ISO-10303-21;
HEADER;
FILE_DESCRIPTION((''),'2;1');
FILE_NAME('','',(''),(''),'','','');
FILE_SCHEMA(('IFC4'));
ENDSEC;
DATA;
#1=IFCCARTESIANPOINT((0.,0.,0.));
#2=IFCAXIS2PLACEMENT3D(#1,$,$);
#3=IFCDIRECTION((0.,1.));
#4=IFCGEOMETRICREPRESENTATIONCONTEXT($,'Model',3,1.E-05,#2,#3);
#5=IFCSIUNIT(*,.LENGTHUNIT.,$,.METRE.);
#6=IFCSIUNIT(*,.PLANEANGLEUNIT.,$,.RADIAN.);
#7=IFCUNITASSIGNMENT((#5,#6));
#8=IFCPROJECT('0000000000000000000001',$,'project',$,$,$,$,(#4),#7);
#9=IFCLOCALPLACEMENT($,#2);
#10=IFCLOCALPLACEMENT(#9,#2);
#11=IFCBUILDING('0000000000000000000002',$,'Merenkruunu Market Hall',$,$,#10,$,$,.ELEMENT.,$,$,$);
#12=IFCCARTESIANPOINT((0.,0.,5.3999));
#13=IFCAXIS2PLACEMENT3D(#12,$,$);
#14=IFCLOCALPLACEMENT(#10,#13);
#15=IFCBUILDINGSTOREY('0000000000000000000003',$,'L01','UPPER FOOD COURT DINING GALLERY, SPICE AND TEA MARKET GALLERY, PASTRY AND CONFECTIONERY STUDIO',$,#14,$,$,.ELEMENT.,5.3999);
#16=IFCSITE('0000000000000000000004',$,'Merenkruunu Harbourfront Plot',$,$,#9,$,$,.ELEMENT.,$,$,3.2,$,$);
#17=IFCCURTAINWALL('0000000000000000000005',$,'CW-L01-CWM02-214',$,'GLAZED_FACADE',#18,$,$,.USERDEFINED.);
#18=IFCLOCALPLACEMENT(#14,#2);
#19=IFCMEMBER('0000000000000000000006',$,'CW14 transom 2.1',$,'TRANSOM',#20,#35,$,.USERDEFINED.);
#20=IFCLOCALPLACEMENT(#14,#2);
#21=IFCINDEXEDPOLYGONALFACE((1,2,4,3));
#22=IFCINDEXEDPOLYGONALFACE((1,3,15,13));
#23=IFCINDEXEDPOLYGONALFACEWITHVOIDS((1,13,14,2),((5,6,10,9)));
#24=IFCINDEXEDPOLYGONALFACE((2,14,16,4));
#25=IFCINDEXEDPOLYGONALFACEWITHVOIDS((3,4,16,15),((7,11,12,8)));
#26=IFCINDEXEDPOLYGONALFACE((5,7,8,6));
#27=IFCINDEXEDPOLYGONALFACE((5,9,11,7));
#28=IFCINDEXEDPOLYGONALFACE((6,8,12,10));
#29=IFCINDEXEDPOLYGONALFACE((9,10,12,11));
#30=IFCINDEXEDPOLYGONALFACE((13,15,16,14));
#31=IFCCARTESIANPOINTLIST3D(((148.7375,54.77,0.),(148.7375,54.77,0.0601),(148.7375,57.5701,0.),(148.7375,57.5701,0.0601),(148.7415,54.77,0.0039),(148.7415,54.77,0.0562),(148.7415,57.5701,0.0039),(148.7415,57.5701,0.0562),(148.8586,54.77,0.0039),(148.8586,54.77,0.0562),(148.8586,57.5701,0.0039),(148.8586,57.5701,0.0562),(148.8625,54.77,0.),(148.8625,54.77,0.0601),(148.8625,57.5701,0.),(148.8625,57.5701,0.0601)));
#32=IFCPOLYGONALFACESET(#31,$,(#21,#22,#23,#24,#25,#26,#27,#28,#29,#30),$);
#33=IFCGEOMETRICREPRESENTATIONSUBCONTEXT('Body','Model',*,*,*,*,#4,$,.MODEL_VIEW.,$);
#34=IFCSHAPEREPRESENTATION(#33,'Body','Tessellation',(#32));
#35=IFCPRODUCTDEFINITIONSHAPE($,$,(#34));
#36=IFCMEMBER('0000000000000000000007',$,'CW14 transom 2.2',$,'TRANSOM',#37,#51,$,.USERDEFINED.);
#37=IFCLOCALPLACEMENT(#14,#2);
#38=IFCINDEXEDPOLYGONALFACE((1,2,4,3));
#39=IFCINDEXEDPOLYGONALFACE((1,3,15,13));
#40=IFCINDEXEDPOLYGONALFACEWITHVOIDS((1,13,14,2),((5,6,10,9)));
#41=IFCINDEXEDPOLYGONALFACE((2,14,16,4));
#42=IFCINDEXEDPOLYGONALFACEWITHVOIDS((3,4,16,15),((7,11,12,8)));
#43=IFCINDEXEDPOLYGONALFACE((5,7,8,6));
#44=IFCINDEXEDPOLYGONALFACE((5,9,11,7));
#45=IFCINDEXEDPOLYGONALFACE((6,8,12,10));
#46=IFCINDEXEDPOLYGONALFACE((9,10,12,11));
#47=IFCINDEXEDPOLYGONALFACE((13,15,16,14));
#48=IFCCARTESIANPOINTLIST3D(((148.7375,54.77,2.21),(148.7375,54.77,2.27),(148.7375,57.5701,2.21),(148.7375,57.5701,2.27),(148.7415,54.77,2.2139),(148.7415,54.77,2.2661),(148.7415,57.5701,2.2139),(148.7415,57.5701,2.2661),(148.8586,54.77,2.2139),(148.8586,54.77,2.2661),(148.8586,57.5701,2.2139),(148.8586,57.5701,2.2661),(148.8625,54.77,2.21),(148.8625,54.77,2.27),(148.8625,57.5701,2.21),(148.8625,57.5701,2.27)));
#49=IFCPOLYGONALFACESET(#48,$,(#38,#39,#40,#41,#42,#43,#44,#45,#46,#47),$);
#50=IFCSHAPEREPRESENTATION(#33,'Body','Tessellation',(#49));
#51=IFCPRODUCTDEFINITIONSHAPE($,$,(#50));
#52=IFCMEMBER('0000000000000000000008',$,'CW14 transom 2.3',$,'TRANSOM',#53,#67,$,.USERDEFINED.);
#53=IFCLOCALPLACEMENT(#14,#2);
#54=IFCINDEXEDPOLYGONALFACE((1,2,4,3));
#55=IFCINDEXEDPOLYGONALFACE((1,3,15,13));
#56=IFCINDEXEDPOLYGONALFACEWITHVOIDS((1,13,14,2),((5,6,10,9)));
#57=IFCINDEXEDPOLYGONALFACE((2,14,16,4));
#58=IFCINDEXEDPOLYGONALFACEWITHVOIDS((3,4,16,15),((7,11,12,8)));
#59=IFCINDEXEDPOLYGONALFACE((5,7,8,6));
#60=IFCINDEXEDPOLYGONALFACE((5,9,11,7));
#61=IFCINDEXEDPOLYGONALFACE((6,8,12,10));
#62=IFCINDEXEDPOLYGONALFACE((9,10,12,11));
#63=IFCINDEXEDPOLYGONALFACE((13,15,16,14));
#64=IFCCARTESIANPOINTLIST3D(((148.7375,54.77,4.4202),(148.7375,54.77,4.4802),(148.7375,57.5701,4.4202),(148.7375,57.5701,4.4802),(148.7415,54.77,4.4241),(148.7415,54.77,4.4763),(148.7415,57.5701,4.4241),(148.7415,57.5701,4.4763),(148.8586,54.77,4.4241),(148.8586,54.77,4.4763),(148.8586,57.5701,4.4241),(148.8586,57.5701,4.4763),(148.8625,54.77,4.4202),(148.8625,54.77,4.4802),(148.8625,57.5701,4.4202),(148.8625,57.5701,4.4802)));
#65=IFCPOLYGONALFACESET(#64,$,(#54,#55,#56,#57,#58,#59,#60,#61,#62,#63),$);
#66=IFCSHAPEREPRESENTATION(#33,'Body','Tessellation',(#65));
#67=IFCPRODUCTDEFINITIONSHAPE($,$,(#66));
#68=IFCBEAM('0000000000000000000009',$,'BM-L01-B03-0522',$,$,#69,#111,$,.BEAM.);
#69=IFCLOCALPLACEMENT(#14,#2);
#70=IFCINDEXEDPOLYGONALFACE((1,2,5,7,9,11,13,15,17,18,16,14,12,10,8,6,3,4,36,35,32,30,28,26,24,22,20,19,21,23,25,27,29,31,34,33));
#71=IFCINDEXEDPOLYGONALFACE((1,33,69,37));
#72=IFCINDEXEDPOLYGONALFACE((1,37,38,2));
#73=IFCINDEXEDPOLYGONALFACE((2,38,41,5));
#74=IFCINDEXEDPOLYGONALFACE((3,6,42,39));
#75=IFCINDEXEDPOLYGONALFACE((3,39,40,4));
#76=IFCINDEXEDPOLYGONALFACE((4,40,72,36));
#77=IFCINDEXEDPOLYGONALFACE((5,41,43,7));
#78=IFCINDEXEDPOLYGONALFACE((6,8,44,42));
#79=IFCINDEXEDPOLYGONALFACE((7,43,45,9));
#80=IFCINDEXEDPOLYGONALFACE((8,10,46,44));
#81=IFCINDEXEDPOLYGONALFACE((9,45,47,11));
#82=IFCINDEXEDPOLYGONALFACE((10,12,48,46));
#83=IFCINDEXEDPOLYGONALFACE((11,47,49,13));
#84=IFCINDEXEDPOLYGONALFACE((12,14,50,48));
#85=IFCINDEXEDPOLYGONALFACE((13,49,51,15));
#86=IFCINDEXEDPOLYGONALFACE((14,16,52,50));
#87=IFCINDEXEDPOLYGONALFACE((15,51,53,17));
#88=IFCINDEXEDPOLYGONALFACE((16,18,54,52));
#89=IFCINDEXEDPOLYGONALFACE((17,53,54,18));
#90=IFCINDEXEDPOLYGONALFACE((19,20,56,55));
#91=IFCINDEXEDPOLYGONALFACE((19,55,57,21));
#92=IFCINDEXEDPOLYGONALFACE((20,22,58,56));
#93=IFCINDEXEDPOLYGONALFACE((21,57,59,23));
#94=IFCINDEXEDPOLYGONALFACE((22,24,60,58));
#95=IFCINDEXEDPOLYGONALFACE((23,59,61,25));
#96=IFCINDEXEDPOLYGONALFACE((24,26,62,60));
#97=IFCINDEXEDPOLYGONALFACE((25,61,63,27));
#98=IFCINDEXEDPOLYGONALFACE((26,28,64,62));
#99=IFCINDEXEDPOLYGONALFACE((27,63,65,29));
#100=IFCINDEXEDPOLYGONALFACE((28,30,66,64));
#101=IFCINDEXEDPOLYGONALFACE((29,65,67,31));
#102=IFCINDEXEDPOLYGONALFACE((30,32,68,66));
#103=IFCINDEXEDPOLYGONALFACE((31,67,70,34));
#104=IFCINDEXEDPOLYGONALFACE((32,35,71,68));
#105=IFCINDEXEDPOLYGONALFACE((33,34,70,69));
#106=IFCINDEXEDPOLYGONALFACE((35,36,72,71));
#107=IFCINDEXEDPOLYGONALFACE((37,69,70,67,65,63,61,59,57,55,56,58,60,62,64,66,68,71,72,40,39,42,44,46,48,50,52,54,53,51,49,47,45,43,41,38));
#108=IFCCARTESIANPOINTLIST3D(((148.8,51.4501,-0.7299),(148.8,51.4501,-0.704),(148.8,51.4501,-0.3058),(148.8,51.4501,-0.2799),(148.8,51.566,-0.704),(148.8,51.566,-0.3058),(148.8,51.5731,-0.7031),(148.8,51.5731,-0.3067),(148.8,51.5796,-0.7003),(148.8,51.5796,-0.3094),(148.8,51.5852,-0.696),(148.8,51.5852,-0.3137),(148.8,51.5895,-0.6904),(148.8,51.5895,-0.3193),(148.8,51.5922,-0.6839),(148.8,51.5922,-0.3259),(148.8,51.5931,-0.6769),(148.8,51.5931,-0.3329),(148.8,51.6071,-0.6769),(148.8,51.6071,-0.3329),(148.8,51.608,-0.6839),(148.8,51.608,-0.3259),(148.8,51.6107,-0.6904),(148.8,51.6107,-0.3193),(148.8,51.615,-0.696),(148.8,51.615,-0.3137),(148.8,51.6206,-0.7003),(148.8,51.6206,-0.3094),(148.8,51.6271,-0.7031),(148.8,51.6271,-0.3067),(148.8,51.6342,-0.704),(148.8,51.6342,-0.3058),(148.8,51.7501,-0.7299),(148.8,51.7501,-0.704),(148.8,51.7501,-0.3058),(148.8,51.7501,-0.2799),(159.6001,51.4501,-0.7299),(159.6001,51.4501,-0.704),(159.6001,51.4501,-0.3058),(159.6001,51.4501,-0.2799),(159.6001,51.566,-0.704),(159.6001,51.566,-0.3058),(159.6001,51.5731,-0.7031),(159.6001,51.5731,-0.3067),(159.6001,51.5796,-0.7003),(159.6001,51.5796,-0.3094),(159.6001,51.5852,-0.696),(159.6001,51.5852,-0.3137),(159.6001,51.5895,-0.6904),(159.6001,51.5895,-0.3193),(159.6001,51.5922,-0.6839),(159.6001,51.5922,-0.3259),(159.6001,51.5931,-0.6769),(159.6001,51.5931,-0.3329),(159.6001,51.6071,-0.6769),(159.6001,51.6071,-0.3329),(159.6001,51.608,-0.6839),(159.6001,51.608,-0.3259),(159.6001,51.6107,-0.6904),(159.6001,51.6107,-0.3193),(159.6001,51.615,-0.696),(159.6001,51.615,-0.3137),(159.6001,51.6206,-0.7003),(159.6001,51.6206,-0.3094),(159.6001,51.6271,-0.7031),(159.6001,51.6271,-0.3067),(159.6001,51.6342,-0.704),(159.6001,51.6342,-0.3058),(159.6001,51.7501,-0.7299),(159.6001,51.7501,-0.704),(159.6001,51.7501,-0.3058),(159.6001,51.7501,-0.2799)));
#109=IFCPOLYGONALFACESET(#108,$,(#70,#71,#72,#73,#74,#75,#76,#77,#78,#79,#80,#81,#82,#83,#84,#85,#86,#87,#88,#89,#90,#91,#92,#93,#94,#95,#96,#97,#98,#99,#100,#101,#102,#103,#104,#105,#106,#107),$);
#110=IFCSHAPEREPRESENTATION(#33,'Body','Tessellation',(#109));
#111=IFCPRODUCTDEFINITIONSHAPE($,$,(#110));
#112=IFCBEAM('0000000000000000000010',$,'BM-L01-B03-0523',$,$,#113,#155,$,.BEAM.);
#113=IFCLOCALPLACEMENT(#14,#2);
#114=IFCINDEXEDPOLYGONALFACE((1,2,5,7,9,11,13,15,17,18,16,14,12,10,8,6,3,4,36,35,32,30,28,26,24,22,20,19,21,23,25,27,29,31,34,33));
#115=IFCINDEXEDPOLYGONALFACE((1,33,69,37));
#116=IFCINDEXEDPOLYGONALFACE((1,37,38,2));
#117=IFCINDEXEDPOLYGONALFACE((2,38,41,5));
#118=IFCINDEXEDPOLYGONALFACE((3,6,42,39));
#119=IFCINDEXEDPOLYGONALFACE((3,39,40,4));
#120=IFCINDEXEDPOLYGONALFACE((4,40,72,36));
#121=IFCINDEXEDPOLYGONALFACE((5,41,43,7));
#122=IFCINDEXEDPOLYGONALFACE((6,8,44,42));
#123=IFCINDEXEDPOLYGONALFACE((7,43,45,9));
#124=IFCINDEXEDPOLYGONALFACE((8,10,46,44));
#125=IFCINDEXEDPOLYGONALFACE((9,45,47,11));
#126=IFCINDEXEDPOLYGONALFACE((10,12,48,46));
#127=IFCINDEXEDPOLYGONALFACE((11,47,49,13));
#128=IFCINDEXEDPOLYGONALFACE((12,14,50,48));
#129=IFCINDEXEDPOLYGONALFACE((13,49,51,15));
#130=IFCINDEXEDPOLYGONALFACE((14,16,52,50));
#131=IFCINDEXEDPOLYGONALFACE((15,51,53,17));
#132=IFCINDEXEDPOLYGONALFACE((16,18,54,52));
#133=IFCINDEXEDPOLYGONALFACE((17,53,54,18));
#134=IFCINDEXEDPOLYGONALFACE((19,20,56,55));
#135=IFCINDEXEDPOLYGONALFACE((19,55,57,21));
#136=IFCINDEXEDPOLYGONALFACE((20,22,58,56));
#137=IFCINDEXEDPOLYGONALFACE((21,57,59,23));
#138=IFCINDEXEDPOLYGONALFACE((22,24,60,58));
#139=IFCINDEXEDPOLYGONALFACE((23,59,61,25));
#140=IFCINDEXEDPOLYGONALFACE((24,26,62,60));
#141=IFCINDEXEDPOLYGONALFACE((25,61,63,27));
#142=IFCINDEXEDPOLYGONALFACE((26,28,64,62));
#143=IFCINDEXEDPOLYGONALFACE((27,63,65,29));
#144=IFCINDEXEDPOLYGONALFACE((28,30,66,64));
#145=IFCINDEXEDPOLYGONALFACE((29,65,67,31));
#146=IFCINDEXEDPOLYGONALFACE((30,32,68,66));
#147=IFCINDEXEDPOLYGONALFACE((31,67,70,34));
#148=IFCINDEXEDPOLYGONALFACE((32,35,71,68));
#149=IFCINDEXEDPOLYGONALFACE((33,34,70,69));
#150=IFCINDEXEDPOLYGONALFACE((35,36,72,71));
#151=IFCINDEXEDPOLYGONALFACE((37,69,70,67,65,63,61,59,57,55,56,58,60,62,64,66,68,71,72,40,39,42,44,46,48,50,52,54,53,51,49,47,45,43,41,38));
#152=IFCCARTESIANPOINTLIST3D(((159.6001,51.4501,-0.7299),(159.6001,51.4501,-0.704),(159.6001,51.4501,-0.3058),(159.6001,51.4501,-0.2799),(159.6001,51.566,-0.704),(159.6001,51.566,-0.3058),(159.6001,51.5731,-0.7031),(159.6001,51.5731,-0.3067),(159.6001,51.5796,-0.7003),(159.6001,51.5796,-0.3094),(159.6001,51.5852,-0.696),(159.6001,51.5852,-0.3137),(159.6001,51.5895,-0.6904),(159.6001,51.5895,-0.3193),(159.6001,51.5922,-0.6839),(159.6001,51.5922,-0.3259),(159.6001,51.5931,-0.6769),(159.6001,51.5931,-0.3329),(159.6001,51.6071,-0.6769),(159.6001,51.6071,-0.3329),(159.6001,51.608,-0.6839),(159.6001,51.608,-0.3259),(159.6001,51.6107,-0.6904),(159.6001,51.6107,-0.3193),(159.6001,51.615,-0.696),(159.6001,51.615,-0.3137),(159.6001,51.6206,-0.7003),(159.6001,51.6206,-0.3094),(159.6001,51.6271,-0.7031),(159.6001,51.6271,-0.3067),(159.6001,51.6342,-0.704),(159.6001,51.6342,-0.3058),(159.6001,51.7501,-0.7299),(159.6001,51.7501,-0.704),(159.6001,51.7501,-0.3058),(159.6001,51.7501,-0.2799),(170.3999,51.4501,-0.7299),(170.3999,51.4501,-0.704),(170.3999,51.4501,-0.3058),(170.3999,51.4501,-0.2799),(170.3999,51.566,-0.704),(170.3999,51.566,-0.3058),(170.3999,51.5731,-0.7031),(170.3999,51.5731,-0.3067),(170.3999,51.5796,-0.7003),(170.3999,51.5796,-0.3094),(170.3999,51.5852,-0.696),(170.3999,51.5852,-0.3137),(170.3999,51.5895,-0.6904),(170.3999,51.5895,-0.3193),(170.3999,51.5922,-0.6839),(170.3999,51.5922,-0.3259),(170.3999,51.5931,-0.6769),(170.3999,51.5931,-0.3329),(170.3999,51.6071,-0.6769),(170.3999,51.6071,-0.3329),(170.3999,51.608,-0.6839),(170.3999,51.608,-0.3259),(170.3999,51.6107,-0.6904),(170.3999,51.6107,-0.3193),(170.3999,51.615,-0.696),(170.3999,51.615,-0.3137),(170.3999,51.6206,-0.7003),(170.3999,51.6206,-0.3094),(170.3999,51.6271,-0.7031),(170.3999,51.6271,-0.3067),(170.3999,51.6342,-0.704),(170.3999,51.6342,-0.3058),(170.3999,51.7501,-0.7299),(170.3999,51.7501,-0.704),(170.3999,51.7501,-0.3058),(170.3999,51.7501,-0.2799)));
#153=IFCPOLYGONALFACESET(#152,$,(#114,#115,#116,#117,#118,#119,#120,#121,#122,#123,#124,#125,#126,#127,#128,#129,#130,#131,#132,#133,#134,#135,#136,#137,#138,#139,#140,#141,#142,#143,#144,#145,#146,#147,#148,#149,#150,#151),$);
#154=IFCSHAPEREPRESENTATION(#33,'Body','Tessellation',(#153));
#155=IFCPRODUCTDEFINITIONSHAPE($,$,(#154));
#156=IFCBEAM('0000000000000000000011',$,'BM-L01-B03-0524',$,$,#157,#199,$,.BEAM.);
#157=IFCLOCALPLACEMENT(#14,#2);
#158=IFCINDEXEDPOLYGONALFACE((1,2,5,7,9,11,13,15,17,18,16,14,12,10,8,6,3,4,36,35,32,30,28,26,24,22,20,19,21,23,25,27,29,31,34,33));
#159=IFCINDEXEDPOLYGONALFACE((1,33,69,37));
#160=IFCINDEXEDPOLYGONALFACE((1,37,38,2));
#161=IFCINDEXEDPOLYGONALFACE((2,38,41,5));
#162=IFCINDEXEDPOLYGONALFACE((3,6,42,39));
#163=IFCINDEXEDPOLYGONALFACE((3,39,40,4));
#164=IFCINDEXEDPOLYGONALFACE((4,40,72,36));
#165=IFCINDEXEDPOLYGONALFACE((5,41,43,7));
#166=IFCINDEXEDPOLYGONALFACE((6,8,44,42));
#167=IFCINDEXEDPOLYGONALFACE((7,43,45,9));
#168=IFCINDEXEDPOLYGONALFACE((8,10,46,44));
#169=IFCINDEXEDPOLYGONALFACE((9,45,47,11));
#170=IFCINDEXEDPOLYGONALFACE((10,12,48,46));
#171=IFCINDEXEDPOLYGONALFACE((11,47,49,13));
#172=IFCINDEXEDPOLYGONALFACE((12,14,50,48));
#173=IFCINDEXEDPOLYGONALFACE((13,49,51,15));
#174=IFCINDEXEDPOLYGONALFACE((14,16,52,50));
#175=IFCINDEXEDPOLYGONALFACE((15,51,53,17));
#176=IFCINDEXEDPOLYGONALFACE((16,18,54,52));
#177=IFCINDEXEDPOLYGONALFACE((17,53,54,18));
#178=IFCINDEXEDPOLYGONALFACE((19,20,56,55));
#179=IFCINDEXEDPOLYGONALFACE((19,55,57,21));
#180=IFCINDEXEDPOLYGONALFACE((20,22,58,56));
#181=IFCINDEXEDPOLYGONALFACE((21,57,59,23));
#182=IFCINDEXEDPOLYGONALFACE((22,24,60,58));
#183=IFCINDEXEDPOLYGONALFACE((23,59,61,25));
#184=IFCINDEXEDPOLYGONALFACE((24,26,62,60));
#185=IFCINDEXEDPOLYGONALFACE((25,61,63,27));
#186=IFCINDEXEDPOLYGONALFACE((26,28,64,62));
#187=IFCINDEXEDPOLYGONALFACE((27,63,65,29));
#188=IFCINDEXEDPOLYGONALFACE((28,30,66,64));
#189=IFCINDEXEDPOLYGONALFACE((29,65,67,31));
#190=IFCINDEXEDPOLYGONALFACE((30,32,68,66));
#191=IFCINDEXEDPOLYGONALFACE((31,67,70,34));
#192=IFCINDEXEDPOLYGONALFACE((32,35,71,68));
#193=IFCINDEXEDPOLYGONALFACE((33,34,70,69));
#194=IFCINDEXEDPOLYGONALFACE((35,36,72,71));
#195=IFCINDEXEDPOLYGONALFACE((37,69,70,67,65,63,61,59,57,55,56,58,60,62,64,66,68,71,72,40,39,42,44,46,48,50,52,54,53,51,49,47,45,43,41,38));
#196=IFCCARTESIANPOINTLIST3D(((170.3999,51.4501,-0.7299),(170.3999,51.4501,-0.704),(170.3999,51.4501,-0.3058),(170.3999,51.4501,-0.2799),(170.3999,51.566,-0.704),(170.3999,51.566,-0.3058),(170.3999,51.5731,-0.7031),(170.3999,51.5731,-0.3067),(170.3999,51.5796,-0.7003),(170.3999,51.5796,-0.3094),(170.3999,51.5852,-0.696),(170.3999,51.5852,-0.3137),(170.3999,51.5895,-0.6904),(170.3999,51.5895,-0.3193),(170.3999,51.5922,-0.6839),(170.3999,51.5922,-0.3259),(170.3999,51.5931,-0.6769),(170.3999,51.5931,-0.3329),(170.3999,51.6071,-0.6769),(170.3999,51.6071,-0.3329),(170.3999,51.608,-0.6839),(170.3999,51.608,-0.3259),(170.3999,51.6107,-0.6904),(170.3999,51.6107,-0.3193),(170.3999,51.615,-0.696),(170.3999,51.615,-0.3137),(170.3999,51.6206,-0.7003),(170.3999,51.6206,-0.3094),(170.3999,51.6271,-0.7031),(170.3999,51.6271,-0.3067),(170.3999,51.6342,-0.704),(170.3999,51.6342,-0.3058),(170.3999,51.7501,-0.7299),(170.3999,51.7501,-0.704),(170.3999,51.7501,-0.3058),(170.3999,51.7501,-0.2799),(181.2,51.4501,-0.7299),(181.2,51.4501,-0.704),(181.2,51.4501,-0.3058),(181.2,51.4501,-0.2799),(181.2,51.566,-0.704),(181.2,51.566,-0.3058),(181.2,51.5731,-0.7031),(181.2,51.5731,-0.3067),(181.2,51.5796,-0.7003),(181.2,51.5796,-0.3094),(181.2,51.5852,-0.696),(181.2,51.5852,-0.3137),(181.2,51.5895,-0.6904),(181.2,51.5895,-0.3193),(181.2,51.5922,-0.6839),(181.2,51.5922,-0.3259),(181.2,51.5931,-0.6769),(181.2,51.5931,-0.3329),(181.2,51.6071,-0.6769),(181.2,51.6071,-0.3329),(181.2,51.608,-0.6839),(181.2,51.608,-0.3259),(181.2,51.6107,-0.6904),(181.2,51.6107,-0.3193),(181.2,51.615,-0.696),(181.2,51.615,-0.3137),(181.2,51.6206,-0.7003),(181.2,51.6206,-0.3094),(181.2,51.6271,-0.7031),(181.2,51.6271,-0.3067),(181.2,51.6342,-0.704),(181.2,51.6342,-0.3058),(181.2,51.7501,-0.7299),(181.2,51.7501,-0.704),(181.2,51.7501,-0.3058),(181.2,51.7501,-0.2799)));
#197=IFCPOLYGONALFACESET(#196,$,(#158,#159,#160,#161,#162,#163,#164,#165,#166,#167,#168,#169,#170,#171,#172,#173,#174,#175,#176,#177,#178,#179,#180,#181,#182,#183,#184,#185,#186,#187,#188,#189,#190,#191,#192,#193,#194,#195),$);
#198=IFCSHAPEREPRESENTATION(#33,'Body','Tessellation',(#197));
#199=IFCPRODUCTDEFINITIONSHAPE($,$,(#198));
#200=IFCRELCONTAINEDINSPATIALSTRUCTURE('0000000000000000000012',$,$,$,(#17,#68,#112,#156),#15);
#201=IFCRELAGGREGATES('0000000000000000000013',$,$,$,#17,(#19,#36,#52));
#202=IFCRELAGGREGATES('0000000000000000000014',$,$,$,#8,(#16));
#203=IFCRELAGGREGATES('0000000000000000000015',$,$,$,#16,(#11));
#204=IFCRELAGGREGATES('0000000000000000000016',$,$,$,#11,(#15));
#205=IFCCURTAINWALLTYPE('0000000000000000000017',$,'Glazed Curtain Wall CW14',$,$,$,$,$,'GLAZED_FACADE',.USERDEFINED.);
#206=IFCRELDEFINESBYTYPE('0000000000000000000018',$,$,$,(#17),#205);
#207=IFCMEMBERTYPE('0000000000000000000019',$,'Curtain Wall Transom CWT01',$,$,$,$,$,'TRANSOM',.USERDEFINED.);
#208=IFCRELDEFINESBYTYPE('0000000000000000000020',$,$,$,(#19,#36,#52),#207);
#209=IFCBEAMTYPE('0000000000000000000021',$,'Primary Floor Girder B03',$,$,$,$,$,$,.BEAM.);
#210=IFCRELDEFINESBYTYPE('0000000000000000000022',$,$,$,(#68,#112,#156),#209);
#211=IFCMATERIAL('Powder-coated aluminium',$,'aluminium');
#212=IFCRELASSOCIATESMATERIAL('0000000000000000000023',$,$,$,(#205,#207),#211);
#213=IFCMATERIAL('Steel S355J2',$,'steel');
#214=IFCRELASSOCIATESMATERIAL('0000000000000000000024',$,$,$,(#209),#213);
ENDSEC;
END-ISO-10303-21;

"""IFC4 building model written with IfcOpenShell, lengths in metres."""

from ifc_helpers import new_model, si_unit, direction, frame, origin, origin_2d, place, context, subcontext, project, spatial, hollow_rectangle, i_section, extrude, material, material_profile, profile_set, type_object, element, aggregate, save


model = new_model("IFC4")

# Units and contexts
model_context = context("Model", 3, precision=1e-05, world=origin(), true_north=direction((0.0, 1.0)))
body_context = subcontext(model_context, "Body", "Model", "MODEL_VIEW")
ifc_project = project(units=[si_unit("LENGTHUNIT", "METRE"), si_unit("PLANEANGLEUNIT", "RADIAN")], contexts=[model_context])

# Site, building, storey
site_placement = place(None, origin())
site = spatial("IfcSite", under=ifc_project, at=site_placement, Name="Merenkruunu Harbourfront Plot", CompositionType="ELEMENT", RefElevation=3.2)
building_placement = place(site_placement, origin())
building = spatial("IfcBuilding", under=site, at=building_placement, Name="Merenkruunu Market Hall", CompositionType="ELEMENT")
storey_placement = place(building_placement, frame((0.0, 0.0, 5.3999)))
storey = spatial("IfcBuildingStorey", under=building, at=storey_placement, Name="L01", Description="UPPER FOOD COURT DINING GALLERY, SPICE AND TEA MARKET GALLERY, PASTRY AND CONFECTIONERY STUDIO", CompositionType="ELEMENT", Elevation=5.3999)

# Shared definitions
ifc_material_1 = material(Name="Steel S355J2", Category="steel")

# Shared definitions
ifc_material_2 = material(Name="Powder-coated aluminium", Category="aluminium")
curtain_wall_type_1 = type_object("IfcCurtainWallType", Name="Glazed Curtain Wall CW14", ElementType="GLAZED_FACADE", PredefinedType="USERDEFINED", material=ifc_material_2)

# Curtain wall
curtain_wall_1_placement = place(storey_placement, origin())
curtain_wall_1 = element("IfcCurtainWall", 1, at=curtain_wall_1_placement, inside=storey, type_object=curtain_wall_type_1, Name="CW-L01-CWM02-214", ObjectType="GLAZED_FACADE", PredefinedType="USERDEFINED")

# Members
ifc_material_profile_1 = material_profile(ifc_material_2, hollow_rectangle(XDim=0.0601, YDim=0.125, WallThickness=0.0039, at=origin_2d()), Name="ALU 60x125x4")
ifc_profile_set_1 = profile_set([ifc_material_profile_1], Name="Powder-coated aluminium")
member_type_1 = type_object("IfcMemberType", Name="Curtain Wall Transom CWT01", ElementType="TRANSOM", PredefinedType="USERDEFINED", material=ifc_profile_set_1)
member_1_placement = place(storey_placement, frame((148.8, 54.77, 0.03), z_axis=(0.0, 1.0, 0.0), x_axis=(0.0, 0.0, 1.0)))
member_1 = element("IfcMember", 2, at=member_1_placement, type_object=member_type_1, Name="CW14 transom 2.1", ObjectType="TRANSOM", PredefinedType="USERDEFINED", context=body_context, shape_type="SweptSolid", body=[
    extrude(hollow_rectangle(XDim=0.0601, YDim=0.125, WallThickness=0.0039, at=origin_2d()), origin(), (0.0, 0.0, 1.0), 2.8),
])
member_2_placement = place(storey_placement, frame((148.8, 54.77, 2.24), z_axis=(0.0, 1.0, 0.0), x_axis=(0.0, 0.0, 1.0)))
member_2 = element("IfcMember", 3, at=member_2_placement, type_object=member_type_1, Name="CW14 transom 2.2", ObjectType="TRANSOM", PredefinedType="USERDEFINED", context=body_context, shape_type="SweptSolid", body=[
    extrude(hollow_rectangle(XDim=0.0601, YDim=0.125, WallThickness=0.0039, at=origin_2d()), origin(), (0.0, 0.0, 1.0), 2.8),
])
member_3_placement = place(storey_placement, frame((148.8, 54.77, 4.4502), z_axis=(0.0, 1.0, 0.0), x_axis=(0.0, 0.0, 1.0)))
member_3 = element("IfcMember", 4, at=member_3_placement, type_object=member_type_1, Name="CW14 transom 2.3", ObjectType="TRANSOM", PredefinedType="USERDEFINED", context=body_context, shape_type="SweptSolid", body=[
    extrude(hollow_rectangle(XDim=0.0601, YDim=0.125, WallThickness=0.0039, at=origin_2d()), origin(), (0.0, 0.0, 1.0), 2.8),
])

# Beams
ifc_material_profile_2 = material_profile(ifc_material_1, i_section(OverallWidth=0.3, OverallDepth=0.45, WebThickness=0.0139, FlangeThickness=0.0259, FilletRadius=0.0271, at=origin_2d()), Name="HEB 450")
ifc_profile_set_2 = profile_set([ifc_material_profile_2], Name="Steel S355J2")
beam_type_1 = type_object("IfcBeamType", Name="Primary Floor Girder B03", PredefinedType="BEAM", material=ifc_profile_set_2)
beam_1_placement = place(storey_placement, frame((148.8, 51.6001, -0.5049), z_axis=(1.0, 0.0, 0.0), x_axis=(0.0, 1.0, 0.0)))
element("IfcBeam", 5, at=beam_1_placement, inside=storey, type_object=beam_type_1, Name="BM-L01-B03-0522", PredefinedType="BEAM", context=body_context, shape_type="SweptSolid", body=[
    extrude(i_section(OverallWidth=0.3, OverallDepth=0.45, WebThickness=0.0139, FlangeThickness=0.0259, FilletRadius=0.0271, at=origin_2d()), origin(), (0.0, 0.0, 1.0), 10.8),
])
beam_2_placement = place(storey_placement, frame((159.6001, 51.6001, -0.5049), z_axis=(1.0, 0.0, 0.0), x_axis=(0.0, 1.0, 0.0)))
element("IfcBeam", 6, at=beam_2_placement, inside=storey, type_object=beam_type_1, Name="BM-L01-B03-0523", PredefinedType="BEAM", context=body_context, shape_type="SweptSolid", body=[
    extrude(i_section(OverallWidth=0.3, OverallDepth=0.45, WebThickness=0.0139, FlangeThickness=0.0259, FilletRadius=0.0271, at=origin_2d()), origin(), (0.0, 0.0, 1.0), 10.7998),
])
for number, where, z_axis, x_axis, name in (
    (7, (170.3999, 51.6001, -0.5049), (1.0, 0.0, 0.0), (0.0, 1.0, 0.0), "BM-L01-B03-0524"),
):
    element("IfcBeam", number, at=place(storey_placement, frame(where, z_axis=z_axis, x_axis=x_axis)), inside=storey, type_object=beam_type_1, Name=name, PredefinedType="BEAM", context=body_context, shape_type="SweptSolid", body=[
        extrude(i_section(OverallWidth=0.3, OverallDepth=0.45, WebThickness=0.0139, FlangeThickness=0.0259, FilletRadius=0.0271, at=origin_2d()), origin(), (0.0, 0.0, 1.0), 10.8),
    ])

aggregate(curtain_wall_1, [member_1, member_2, member_3])

save(model, "model.ifc")
